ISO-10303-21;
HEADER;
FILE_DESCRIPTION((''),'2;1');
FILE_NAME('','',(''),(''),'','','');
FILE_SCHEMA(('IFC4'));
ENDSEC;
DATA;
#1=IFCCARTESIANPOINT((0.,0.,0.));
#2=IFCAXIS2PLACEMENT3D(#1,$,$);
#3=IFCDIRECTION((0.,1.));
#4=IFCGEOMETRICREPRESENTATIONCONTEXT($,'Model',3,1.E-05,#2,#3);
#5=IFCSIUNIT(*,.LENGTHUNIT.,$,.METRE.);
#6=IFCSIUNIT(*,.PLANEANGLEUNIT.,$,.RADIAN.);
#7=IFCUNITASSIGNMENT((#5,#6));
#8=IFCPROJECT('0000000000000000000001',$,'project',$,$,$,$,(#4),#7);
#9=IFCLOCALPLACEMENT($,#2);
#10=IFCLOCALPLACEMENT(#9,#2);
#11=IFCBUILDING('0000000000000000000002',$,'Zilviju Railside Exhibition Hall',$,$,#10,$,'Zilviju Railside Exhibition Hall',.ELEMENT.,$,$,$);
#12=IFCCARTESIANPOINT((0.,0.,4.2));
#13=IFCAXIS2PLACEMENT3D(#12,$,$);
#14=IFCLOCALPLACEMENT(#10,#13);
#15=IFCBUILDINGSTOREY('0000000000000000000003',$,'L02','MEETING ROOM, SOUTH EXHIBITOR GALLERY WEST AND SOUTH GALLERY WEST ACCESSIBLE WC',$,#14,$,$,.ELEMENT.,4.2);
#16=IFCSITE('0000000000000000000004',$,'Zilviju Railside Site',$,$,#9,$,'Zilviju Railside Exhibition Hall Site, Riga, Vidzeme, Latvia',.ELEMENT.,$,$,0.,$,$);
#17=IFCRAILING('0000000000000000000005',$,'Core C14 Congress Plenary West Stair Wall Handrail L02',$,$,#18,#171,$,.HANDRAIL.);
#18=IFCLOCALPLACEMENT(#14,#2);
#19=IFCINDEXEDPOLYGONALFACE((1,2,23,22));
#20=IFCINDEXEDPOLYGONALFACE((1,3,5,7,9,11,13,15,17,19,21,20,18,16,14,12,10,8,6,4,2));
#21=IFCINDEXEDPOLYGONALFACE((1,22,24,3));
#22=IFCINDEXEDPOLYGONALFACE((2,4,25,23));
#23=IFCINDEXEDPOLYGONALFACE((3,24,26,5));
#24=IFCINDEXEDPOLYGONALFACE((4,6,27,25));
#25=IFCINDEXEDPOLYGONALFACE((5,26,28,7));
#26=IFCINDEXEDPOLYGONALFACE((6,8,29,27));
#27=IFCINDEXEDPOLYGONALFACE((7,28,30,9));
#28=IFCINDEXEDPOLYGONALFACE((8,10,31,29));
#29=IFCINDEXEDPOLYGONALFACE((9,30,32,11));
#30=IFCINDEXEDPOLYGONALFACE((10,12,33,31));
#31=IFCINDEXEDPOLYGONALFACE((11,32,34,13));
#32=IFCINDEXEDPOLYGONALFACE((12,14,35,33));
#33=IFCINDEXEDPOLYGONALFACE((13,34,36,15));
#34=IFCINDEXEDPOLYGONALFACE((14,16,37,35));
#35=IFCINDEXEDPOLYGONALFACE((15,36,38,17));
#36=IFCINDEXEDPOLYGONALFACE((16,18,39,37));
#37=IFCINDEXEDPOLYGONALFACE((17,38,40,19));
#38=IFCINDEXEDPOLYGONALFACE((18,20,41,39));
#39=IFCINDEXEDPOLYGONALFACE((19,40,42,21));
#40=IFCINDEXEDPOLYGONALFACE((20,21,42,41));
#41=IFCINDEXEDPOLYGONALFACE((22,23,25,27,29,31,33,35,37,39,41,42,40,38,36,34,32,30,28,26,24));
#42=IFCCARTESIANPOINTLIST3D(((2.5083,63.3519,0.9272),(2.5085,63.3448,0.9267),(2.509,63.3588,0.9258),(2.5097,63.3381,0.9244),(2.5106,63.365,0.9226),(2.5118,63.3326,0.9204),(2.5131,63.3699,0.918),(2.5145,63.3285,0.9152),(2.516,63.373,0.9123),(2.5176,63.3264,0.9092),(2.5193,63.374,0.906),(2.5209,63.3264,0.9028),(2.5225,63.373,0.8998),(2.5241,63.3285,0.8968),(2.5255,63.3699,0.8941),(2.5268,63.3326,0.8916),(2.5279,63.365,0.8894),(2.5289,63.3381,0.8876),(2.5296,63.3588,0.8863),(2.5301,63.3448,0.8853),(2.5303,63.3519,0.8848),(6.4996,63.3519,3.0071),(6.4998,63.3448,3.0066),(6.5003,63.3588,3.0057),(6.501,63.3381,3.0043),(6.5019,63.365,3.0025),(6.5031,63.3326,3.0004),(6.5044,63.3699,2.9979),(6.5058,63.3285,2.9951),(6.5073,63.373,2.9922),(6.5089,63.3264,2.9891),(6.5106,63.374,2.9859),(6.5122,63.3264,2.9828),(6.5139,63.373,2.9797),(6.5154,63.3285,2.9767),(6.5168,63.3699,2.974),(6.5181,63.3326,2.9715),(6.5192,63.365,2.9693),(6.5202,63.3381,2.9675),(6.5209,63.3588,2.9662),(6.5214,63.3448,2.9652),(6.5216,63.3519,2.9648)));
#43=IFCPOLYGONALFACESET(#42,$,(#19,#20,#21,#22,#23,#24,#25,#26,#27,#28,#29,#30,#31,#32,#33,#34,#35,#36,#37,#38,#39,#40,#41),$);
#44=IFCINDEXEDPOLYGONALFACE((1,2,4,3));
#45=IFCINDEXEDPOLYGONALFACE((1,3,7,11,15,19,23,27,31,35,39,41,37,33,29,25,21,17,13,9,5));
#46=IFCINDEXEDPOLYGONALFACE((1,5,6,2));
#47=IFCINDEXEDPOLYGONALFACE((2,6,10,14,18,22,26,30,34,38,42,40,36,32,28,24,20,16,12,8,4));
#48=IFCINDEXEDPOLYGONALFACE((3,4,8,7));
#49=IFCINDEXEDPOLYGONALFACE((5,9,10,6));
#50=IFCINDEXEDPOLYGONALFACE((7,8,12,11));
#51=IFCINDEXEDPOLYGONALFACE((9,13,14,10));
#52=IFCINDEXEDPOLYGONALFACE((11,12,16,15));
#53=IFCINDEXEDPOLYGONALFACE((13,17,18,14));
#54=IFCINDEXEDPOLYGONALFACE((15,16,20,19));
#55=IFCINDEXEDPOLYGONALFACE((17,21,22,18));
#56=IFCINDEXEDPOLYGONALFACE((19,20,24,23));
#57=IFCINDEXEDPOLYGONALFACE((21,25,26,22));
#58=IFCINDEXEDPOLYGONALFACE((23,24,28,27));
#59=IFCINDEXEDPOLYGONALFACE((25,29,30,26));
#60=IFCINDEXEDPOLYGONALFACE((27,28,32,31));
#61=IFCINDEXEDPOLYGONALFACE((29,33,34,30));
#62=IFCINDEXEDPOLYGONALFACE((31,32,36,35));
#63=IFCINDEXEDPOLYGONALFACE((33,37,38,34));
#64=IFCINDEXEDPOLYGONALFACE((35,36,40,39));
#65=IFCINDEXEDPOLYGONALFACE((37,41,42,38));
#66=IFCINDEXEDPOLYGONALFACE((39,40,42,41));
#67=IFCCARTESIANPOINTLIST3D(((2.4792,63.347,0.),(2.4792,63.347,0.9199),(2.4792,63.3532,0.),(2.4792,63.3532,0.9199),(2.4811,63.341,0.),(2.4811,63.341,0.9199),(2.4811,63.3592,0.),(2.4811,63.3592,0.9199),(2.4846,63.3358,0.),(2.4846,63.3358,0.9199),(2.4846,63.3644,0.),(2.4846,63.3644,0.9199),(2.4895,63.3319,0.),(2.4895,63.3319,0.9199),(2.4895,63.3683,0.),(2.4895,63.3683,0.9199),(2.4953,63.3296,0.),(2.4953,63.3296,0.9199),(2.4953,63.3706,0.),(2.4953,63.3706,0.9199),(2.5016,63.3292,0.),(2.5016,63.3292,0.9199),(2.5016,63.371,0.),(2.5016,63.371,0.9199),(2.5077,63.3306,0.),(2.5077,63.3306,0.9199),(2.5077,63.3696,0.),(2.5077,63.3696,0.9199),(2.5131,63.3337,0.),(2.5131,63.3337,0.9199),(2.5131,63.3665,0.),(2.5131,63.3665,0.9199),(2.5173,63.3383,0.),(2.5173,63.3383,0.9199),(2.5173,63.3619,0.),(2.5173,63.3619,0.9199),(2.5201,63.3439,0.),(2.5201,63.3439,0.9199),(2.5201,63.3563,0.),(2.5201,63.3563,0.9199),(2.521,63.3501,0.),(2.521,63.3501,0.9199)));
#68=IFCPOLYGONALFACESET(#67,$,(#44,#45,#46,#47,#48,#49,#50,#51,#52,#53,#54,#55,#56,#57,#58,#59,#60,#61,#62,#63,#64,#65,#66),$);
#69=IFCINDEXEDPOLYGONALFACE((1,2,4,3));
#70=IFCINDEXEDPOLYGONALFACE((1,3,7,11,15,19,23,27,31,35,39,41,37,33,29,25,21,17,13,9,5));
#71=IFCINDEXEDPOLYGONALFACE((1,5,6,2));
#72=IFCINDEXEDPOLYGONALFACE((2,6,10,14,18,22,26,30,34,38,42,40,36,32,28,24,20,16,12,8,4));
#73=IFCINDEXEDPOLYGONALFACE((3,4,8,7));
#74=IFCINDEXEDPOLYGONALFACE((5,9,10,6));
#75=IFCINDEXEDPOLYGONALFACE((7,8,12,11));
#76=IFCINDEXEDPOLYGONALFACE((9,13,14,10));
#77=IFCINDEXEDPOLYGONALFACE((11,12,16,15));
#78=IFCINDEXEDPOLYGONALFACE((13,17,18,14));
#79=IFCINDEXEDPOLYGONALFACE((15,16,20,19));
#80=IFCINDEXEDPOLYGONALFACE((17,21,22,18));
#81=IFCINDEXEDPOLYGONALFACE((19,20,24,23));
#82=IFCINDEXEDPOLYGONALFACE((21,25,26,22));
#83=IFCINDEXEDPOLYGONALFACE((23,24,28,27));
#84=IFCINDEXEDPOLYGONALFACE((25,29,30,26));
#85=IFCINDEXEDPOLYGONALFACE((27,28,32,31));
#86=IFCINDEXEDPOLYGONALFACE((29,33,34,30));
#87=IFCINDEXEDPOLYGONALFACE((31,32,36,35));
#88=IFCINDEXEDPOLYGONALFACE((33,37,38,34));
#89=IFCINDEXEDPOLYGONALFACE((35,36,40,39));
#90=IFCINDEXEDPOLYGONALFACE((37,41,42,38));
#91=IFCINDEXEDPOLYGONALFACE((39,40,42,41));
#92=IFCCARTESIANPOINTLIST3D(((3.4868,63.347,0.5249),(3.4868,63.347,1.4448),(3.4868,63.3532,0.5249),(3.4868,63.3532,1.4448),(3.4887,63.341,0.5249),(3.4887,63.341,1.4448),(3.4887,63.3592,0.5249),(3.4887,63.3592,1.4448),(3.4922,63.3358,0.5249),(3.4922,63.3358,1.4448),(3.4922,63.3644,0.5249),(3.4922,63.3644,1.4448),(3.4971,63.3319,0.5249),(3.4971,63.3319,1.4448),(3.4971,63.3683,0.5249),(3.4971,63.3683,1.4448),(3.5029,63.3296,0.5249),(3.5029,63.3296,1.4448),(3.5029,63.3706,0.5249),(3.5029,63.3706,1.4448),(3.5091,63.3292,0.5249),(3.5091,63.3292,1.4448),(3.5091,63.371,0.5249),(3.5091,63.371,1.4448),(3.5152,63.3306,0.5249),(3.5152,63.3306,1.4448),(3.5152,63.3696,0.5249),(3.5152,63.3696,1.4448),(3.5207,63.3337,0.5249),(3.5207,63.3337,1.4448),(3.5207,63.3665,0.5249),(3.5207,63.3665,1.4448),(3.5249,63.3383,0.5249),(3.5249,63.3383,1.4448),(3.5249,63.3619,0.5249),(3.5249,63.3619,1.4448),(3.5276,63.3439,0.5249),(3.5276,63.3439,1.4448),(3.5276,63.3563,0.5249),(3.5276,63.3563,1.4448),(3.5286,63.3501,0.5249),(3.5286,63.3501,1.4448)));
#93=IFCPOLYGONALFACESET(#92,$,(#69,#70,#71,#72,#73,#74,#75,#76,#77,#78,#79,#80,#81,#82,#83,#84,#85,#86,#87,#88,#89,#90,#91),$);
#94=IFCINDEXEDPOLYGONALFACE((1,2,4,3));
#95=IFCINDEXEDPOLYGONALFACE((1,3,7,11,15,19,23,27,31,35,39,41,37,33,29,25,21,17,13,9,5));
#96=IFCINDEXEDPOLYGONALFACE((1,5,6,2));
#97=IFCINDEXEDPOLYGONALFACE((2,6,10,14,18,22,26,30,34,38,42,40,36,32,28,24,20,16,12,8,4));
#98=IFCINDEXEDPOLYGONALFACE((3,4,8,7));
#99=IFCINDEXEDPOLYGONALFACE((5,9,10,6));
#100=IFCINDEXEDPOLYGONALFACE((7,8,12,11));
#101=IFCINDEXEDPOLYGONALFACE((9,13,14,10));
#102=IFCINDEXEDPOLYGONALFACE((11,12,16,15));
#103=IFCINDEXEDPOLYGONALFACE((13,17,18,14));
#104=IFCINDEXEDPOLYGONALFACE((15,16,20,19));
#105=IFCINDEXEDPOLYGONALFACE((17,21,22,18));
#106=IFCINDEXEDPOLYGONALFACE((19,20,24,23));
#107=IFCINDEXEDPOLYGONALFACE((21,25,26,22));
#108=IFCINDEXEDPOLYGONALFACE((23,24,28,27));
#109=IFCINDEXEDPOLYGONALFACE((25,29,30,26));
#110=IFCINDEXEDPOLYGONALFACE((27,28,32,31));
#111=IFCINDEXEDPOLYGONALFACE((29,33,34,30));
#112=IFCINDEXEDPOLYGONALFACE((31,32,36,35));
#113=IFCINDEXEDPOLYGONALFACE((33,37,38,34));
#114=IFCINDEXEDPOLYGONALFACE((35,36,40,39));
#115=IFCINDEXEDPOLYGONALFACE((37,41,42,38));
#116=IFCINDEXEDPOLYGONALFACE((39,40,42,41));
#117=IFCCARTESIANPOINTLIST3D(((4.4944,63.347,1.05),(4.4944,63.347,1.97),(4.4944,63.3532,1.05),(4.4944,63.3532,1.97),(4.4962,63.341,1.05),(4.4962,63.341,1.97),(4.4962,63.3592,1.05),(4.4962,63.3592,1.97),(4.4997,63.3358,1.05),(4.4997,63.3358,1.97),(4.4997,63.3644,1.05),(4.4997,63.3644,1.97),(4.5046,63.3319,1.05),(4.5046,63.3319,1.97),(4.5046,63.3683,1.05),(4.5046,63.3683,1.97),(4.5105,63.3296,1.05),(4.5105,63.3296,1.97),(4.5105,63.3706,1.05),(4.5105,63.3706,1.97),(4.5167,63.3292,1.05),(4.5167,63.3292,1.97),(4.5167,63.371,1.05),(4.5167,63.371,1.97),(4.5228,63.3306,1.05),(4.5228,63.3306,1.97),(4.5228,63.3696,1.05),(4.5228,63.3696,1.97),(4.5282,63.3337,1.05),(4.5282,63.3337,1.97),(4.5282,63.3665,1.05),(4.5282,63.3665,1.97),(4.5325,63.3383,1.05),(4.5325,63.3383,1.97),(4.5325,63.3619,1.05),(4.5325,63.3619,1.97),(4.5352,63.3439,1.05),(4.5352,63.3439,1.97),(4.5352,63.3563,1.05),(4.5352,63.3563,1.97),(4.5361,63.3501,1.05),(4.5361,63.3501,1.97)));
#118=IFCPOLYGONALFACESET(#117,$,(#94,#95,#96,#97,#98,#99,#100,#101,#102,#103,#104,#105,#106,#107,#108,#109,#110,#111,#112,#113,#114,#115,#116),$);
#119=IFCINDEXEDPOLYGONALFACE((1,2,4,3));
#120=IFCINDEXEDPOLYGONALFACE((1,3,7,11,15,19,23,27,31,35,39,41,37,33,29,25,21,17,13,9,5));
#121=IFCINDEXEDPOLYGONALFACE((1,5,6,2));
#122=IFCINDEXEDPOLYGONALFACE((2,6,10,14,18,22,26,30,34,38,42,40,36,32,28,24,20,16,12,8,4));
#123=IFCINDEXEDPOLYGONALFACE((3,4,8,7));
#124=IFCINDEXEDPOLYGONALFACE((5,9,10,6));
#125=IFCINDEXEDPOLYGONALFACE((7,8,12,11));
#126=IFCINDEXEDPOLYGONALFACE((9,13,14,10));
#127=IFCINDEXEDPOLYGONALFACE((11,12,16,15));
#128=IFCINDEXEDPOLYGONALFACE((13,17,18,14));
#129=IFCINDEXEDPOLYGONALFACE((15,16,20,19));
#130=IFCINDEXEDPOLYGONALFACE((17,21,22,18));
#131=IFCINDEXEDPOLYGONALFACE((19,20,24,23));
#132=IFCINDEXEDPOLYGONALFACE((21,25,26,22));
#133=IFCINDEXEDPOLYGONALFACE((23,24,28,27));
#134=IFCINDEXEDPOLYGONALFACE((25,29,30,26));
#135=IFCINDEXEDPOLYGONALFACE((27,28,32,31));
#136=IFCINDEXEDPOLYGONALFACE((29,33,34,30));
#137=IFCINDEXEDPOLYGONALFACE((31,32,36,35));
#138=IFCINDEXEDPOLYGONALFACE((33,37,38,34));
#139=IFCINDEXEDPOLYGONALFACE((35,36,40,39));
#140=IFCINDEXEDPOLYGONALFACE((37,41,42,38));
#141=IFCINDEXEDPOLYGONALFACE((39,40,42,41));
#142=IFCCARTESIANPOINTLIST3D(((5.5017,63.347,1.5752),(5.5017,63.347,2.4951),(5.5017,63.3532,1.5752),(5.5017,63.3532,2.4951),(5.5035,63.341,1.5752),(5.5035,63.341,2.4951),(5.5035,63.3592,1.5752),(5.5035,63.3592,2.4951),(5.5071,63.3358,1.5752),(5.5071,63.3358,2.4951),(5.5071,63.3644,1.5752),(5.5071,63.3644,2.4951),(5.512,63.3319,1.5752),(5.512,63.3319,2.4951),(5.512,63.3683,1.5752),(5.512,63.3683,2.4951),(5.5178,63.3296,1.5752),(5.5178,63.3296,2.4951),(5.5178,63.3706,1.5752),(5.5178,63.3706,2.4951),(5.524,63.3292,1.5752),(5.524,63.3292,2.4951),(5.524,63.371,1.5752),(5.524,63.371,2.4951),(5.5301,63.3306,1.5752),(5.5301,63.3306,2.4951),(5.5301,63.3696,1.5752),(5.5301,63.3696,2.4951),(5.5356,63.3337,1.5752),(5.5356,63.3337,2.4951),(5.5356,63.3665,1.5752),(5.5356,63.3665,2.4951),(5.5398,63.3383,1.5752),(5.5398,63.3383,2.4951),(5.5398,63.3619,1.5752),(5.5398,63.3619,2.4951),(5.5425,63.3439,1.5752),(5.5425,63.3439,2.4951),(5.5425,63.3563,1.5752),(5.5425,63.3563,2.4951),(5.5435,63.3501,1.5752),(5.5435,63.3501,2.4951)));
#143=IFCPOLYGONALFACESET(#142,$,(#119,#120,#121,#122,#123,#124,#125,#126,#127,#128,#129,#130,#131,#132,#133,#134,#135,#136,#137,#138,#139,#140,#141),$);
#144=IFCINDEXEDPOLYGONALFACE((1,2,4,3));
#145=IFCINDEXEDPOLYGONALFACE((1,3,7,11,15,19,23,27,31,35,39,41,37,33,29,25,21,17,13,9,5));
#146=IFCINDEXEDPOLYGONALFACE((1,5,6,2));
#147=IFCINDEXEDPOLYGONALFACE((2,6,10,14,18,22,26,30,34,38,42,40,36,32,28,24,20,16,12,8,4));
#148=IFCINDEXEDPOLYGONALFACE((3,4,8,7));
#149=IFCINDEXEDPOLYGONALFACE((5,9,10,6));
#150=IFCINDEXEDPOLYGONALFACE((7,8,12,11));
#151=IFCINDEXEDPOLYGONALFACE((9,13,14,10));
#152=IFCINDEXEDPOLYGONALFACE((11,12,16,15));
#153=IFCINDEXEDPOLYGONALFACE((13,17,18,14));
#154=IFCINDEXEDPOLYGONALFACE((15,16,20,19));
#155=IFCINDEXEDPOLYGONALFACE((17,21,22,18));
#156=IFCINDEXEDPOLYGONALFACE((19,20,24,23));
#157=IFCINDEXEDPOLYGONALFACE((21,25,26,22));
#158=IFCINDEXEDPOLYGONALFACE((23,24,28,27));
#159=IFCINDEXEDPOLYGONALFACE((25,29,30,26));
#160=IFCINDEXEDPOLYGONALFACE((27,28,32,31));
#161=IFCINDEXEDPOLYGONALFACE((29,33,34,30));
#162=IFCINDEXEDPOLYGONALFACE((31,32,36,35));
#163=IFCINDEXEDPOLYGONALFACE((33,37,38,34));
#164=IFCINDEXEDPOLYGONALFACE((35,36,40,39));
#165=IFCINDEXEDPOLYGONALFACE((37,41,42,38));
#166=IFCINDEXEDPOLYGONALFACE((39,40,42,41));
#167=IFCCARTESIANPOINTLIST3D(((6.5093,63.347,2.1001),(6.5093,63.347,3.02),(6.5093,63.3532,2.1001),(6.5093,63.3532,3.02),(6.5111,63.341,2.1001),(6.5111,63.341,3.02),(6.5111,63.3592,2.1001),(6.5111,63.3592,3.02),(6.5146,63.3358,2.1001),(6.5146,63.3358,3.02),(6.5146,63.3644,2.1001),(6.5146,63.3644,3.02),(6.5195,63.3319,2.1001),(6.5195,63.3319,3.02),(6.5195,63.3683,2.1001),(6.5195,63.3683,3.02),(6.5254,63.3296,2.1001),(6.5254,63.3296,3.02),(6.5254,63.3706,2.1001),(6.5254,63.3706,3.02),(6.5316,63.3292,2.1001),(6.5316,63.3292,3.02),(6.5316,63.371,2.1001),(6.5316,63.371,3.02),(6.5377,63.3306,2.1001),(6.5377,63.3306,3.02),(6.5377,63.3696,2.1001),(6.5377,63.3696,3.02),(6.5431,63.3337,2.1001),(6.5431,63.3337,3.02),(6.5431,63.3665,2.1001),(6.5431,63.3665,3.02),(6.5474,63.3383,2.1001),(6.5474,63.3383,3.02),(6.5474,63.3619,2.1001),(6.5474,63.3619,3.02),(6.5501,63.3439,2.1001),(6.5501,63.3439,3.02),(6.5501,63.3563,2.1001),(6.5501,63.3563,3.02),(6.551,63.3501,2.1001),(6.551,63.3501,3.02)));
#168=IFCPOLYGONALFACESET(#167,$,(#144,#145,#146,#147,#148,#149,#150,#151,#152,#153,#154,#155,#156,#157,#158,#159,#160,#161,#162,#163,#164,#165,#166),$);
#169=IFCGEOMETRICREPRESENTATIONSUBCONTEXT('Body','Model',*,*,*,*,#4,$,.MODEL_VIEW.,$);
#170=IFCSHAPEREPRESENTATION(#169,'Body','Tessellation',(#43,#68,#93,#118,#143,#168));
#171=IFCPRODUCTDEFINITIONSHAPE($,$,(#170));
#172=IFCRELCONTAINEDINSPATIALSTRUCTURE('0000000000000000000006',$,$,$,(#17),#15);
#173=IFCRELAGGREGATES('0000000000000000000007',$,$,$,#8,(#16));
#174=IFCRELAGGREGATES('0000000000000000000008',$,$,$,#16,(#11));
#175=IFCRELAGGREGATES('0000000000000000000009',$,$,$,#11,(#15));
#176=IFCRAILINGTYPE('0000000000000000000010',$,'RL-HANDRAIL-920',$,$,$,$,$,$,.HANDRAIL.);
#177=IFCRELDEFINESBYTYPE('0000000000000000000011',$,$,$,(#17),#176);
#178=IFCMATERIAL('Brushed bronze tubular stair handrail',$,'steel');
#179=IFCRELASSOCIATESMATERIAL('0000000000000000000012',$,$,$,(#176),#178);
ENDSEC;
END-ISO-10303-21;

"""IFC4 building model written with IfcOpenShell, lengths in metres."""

from ifc_helpers import new_model, si_unit, direction, frame, origin, origin_2d, place, context, subcontext, project, spatial, circle, extrude, material, type_object, element, save


model = new_model("IFC4")

# Units and contexts
model_context = context("Model", 3, precision=1e-05, world=origin(), true_north=direction((0.0, 1.0)))
body_context = subcontext(model_context, "Body", "Model", "MODEL_VIEW")
ifc_project = project(units=[si_unit("LENGTHUNIT", "METRE"), si_unit("PLANEANGLEUNIT", "RADIAN")], contexts=[model_context])

# Site, building, storey
site_placement = place(None, origin())
site = spatial("IfcSite", under=ifc_project, at=site_placement, Name="Zilviju Railside Site", LongName="Zilviju Railside Exhibition Hall Site, Riga, Vidzeme, Latvia", CompositionType="ELEMENT", RefElevation=0.0)
building_placement = place(site_placement, origin())
building = spatial("IfcBuilding", under=site, at=building_placement, Name="Zilviju Railside Exhibition Hall", LongName="Zilviju Railside Exhibition Hall", CompositionType="ELEMENT")
storey_placement = place(building_placement, frame((0.0, 0.0, 4.2)))
storey = spatial("IfcBuildingStorey", under=building, at=storey_placement, Name="L02", Description="MEETING ROOM, SOUTH EXHIBITOR GALLERY WEST AND SOUTH GALLERY WEST ACCESSIBLE WC", CompositionType="ELEMENT", Elevation=4.2)

# Railing
ifc_material_1 = material(Name="Brushed bronze tubular stair handrail", Category="steel")
railing_type_1 = type_object("IfcRailingType", Name="RL-HANDRAIL-920", PredefinedType="HANDRAIL", material=ifc_material_1)
railing_1_placement = place(storey_placement, frame((2.5, 63.3501, 0.0)))
element("IfcRailing", 1, at=railing_1_placement, inside=storey, type_object=railing_type_1, Name="Core C14 Congress Plenary West Stair Wall Handrail L02", PredefinedType="HANDRAIL", context=body_context, shape_type="SweptSolid", body=[
    extrude(circle(Radius=0.0239, at=origin_2d()), frame((0.0193, 0.0, 0.906), z_axis=(0.886813, 0.0, 0.462129), x_axis=(0.0, 1.0, 0.0)), (0.0, 0.0, 1.0), 4.5007),
    extrude(circle(Radius=0.021, at=origin_2d()), origin(), (0.0, 0.0, 1.0), 0.9199),
    extrude(circle(Radius=0.021, at=origin_2d()), frame((1.0076, 0.0, 0.5249)), (0.0, 0.0, 1.0), 0.9199),
    extrude(circle(Radius=0.021, at=origin_2d()), frame((2.0151, 0.0, 1.05)), (0.0, 0.0, 1.0), 0.9199),
    extrude(circle(Radius=0.021, at=origin_2d()), frame((3.0225, 0.0, 1.5752)), (0.0, 0.0, 1.0), 0.9199),
    extrude(circle(Radius=0.021, at=origin_2d()), frame((4.03, 0.0, 2.1001)), (0.0, 0.0, 1.0), 0.9199),
])

save(model, "model.ifc")
